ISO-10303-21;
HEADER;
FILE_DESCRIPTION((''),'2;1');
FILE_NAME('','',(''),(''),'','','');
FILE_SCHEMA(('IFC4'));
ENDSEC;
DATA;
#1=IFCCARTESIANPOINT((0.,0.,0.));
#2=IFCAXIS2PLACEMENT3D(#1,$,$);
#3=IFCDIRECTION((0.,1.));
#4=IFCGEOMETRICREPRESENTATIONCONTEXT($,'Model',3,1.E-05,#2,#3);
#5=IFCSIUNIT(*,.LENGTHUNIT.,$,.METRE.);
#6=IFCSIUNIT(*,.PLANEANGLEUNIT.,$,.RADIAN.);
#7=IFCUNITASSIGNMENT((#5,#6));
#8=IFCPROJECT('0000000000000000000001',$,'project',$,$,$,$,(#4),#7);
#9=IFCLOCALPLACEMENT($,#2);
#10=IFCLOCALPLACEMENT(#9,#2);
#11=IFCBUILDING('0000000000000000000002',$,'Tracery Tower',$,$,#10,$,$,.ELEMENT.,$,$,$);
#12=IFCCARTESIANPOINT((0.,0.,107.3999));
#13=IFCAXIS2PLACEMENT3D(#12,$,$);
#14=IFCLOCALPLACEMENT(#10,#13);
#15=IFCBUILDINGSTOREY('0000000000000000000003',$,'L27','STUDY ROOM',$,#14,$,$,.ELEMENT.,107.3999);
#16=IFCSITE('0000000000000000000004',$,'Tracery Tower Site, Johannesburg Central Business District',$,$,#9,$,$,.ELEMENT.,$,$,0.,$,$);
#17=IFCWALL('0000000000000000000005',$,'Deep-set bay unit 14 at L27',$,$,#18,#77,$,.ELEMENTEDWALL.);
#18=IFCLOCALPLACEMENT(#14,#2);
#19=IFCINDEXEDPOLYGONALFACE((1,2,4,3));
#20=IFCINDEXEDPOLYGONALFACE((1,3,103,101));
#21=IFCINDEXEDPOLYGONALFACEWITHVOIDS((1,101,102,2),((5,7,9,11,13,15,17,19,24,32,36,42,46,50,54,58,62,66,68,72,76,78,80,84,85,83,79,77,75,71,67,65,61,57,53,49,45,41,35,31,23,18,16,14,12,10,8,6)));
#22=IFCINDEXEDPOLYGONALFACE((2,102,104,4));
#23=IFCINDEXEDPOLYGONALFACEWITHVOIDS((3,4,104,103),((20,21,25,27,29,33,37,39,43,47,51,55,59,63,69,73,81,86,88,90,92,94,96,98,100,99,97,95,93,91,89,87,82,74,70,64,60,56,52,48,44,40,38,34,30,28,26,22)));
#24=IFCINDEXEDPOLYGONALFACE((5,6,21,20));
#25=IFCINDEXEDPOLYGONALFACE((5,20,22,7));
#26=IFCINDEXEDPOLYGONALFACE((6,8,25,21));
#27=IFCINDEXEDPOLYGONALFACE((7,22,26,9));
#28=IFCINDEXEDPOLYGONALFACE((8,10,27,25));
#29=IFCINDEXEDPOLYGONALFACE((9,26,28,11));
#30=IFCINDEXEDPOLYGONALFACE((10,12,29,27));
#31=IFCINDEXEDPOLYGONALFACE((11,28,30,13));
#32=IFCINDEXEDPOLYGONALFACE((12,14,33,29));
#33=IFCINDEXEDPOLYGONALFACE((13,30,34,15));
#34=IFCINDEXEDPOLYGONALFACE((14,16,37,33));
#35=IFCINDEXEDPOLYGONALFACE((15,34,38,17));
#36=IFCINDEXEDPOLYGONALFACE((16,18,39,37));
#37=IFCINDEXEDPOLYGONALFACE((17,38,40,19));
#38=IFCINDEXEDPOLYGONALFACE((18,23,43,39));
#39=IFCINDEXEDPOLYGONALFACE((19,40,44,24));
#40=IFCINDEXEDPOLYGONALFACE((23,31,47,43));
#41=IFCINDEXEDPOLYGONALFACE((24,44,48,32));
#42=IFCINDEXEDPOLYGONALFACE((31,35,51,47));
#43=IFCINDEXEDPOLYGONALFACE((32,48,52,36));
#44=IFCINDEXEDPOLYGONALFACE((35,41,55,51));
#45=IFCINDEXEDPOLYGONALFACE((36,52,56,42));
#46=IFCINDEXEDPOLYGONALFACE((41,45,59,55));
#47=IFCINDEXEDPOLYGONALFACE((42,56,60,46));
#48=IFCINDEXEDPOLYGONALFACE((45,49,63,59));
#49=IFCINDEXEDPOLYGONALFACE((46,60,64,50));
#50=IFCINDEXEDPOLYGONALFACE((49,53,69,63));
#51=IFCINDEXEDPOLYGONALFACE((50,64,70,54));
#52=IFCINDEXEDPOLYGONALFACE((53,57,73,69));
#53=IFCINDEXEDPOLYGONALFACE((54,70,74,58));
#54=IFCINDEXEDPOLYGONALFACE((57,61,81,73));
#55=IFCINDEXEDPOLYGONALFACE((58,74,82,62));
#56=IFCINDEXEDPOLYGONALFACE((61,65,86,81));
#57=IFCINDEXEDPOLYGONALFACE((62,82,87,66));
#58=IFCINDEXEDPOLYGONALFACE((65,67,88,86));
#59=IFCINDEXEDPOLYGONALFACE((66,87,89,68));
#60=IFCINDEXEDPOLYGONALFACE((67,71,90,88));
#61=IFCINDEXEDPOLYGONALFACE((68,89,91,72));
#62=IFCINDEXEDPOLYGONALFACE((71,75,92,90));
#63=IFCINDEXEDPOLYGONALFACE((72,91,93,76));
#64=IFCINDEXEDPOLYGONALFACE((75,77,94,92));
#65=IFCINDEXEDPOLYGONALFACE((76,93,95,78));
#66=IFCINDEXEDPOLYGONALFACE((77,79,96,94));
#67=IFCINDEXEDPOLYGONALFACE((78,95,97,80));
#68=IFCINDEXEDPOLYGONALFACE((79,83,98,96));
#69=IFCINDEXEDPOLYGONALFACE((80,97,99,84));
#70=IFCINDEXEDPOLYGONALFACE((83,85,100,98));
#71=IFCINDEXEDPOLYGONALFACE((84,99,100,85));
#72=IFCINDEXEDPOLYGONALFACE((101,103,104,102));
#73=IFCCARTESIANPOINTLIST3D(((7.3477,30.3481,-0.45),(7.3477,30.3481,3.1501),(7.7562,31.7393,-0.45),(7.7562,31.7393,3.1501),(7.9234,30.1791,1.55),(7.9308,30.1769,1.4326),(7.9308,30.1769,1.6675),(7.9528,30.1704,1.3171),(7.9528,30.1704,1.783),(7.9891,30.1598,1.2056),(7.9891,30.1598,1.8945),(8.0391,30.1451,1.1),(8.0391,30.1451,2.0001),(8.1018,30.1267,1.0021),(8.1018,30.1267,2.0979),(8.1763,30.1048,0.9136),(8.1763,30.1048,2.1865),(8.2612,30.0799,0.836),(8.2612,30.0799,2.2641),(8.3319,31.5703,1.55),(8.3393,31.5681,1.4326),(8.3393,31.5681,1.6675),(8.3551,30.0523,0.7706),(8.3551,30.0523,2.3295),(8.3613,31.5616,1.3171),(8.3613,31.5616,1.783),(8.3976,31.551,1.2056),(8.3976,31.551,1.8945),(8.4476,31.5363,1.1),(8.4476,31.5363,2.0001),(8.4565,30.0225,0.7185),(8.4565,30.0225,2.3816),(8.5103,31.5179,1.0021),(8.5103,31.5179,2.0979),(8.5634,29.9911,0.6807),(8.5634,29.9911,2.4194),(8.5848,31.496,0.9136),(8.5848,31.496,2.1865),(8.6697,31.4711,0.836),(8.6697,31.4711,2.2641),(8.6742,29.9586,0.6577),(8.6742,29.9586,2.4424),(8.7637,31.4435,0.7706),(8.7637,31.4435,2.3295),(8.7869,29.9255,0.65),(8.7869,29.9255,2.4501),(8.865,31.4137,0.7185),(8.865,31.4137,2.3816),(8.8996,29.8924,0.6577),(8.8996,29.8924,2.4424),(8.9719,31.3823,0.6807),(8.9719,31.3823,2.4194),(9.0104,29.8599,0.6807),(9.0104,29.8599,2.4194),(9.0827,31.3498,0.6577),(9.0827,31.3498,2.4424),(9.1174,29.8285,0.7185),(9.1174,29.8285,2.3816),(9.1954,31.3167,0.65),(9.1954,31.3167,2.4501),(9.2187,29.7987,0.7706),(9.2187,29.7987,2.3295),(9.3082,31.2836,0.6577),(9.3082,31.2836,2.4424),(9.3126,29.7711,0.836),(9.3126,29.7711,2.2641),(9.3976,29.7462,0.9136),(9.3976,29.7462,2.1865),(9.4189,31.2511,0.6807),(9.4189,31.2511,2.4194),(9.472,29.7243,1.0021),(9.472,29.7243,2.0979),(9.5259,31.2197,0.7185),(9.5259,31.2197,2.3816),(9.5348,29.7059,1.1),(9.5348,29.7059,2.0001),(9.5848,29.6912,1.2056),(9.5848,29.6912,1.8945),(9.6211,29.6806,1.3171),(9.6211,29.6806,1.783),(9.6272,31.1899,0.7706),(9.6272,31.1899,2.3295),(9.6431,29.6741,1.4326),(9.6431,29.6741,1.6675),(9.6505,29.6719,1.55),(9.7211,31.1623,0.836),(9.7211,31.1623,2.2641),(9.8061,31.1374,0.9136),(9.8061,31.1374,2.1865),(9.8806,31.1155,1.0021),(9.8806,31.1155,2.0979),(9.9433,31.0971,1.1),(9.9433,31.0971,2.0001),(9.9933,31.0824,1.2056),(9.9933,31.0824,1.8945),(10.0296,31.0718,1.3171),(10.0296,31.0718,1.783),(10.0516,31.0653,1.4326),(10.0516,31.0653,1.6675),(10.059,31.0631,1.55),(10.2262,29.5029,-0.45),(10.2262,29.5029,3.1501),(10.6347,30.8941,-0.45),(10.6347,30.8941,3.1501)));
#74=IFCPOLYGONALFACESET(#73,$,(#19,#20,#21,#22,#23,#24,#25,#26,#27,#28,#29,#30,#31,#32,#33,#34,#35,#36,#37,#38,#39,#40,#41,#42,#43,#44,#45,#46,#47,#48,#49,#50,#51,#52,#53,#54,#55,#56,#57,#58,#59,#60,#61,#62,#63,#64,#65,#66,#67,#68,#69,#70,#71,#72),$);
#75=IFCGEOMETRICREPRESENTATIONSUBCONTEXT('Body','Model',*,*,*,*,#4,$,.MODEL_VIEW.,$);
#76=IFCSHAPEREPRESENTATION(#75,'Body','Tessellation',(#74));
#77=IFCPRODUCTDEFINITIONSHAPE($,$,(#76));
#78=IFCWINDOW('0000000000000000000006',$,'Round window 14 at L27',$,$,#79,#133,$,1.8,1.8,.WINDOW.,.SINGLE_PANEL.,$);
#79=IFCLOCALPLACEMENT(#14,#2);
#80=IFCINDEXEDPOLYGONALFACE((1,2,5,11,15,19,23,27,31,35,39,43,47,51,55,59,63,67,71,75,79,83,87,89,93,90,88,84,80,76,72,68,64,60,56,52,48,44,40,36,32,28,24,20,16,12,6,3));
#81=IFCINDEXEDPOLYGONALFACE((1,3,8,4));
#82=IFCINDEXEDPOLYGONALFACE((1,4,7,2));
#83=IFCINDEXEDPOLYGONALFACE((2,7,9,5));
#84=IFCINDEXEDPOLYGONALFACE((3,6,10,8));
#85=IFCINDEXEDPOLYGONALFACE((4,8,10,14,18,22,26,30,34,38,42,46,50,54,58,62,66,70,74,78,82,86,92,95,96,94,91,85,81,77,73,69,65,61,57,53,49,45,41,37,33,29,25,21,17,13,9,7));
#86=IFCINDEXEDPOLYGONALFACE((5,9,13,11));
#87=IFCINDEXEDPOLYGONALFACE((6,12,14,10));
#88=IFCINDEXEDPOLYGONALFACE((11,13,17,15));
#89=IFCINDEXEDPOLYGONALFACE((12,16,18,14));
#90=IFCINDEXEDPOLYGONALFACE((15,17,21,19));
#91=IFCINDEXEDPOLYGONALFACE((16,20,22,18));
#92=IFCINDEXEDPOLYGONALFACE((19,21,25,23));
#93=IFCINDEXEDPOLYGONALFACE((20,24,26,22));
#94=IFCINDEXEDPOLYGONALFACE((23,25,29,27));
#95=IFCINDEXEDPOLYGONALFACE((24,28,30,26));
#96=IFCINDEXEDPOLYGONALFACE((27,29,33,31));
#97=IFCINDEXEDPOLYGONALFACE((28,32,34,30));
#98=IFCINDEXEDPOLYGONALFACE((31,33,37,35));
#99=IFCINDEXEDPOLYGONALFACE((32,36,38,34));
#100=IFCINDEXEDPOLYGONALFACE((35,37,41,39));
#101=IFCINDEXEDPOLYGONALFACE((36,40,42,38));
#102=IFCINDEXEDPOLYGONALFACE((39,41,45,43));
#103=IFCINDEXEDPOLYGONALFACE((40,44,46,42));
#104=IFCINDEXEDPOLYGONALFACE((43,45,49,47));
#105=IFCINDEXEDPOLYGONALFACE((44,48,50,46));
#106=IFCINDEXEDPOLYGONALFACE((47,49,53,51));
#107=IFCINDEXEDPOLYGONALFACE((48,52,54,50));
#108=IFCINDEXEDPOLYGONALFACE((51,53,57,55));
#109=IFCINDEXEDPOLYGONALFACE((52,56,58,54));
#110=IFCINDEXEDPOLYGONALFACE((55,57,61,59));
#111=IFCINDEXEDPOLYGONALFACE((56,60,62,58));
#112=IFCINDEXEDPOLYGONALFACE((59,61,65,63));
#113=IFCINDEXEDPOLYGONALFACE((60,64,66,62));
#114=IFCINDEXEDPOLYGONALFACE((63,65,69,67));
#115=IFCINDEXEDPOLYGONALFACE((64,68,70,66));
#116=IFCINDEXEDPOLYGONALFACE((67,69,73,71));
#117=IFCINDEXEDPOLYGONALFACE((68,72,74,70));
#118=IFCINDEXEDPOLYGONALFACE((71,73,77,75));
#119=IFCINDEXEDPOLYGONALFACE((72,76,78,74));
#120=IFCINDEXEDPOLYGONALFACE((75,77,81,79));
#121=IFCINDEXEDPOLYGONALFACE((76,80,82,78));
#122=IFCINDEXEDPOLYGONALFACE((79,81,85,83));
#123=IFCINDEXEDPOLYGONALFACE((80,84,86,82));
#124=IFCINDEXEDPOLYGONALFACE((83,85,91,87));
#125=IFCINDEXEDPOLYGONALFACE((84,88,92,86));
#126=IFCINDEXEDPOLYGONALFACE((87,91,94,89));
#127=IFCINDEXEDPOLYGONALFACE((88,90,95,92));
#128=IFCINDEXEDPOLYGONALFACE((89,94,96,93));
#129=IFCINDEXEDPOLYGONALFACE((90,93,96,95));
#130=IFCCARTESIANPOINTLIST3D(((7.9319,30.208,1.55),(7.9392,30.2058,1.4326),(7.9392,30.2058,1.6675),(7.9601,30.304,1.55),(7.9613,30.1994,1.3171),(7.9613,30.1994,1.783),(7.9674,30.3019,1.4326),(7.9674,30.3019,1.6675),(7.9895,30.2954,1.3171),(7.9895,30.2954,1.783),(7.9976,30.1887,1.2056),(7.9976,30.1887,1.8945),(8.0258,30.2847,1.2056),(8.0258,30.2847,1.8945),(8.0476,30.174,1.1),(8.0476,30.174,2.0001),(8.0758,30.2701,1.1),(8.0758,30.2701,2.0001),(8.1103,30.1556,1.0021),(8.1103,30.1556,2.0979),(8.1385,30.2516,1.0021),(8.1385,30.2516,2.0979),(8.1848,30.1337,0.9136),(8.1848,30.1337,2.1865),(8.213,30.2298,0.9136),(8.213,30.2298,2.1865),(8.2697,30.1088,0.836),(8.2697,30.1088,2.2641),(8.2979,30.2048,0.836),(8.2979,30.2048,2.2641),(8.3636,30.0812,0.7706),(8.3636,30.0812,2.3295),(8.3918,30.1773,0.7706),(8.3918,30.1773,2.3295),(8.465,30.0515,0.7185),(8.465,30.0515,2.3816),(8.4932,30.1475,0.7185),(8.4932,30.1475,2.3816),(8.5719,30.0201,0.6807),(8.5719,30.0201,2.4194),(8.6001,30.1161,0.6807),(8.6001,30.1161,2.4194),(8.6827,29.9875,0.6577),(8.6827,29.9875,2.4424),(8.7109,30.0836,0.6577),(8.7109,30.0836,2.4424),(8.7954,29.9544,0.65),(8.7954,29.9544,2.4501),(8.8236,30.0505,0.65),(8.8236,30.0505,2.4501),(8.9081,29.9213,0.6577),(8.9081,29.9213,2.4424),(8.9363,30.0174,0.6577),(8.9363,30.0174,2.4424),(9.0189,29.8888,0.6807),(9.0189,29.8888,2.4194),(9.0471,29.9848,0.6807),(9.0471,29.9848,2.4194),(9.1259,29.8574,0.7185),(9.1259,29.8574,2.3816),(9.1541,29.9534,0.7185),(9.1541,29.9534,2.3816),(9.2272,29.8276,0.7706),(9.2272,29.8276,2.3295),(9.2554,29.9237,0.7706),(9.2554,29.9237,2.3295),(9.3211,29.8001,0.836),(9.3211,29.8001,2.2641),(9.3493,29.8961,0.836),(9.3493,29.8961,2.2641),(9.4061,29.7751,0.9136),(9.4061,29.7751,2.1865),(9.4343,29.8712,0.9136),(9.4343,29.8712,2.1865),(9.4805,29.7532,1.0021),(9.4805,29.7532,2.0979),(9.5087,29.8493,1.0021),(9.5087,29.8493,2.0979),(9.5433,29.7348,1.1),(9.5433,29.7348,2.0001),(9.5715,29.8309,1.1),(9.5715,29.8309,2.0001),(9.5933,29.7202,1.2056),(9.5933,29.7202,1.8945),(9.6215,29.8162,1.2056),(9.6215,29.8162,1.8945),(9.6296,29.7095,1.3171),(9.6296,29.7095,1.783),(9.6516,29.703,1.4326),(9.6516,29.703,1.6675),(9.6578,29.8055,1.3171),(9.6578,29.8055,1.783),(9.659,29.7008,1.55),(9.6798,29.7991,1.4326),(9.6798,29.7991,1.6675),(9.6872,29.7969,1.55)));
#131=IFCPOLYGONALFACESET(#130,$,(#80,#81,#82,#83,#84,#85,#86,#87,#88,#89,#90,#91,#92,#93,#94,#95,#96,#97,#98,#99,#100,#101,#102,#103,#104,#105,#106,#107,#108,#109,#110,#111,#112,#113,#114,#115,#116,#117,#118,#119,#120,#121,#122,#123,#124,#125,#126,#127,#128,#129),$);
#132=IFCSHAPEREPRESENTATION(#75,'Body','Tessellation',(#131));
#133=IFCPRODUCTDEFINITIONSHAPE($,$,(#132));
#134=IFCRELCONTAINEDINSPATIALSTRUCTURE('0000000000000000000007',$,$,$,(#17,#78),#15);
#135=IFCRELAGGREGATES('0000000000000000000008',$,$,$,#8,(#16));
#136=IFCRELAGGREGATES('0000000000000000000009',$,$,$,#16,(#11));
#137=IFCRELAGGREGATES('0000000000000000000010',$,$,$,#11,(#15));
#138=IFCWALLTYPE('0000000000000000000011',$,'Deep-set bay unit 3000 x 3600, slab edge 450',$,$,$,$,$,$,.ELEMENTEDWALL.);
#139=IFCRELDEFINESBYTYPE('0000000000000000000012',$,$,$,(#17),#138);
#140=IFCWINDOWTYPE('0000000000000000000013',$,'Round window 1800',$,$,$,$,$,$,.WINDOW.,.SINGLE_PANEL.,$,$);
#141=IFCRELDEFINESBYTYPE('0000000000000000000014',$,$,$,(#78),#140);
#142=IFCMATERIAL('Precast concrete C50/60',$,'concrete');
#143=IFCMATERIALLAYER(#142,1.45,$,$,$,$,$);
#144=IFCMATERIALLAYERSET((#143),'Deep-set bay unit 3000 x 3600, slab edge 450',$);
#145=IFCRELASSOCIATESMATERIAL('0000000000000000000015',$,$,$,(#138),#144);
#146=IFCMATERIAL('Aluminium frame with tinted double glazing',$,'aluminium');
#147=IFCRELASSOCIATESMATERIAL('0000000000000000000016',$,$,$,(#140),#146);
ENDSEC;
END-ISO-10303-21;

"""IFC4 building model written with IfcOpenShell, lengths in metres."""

from ifc_helpers import new_model, si_unit, direction, frame, frame_2d, origin, origin_2d, place, context, subcontext, project, spatial, rectangle, circle, extrude, material, layer, layer_set, type_object, element, fill, save


model = new_model("IFC4")

# Units and contexts
model_context = context("Model", 3, precision=1e-05, world=origin(), true_north=direction((0.0, 1.0)))
body_context = subcontext(model_context, "Body", "Model", "MODEL_VIEW")
ifc_project = project(units=[si_unit("LENGTHUNIT", "METRE"), si_unit("PLANEANGLEUNIT", "RADIAN")], contexts=[model_context])

# Site, building, storey
site_placement = place(None, origin())
site = spatial("IfcSite", under=ifc_project, at=site_placement, Name="Tracery Tower Site, Johannesburg Central Business District", CompositionType="ELEMENT", RefElevation=0.0)
building_placement = place(site_placement, origin())
building = spatial("IfcBuilding", under=site, at=building_placement, Name="Tracery Tower", CompositionType="ELEMENT")
storey_placement = place(building_placement, frame((0.0, 0.0, 107.3999)))
storey = spatial("IfcBuildingStorey", under=building, at=storey_placement, Name="L27", Description="STUDY ROOM", CompositionType="ELEMENT", Elevation=107.3999)

# Wall, opening, window
ifc_material_1 = material(Name="Precast concrete C50/60", Category="concrete")
ifc_layer_1 = layer(ifc_material_1, 1.45)
ifc_layer_set_1 = layer_set([ifc_layer_1], Name="Deep-set bay unit 3000 x 3600, slab edge 450")
wall_type_1 = type_object("IfcWallType", Name="Deep-set bay unit 3000 x 3600, slab edge 450", PredefinedType="ELEMENTEDWALL", material=ifc_layer_set_1)
wall_1_placement = place(storey_placement, frame((10.4304, 30.1985, -0.45), z_axis=(0.0, 0.0, 1.0), x_axis=(-0.95949, 0.281743, 0.0)))
wall_1 = element("IfcWall", 1, at=wall_1_placement, inside=storey, type_object=wall_type_1, Name="Deep-set bay unit 14 at L27", PredefinedType="ELEMENTEDWALL", context=body_context, shape_type="SweptSolid", body=[
    extrude(rectangle(XDim=3.0, YDim=1.45, at=frame_2d((1.5, 0.0))), origin(), (0.0, 0.0, 1.0), 3.6001),
])
opening_1_placement = place(wall_1_placement, frame((1.5, 0.0, 2.0)))
opening_1 = element("IfcOpeningElement", 2, at=opening_1_placement, cuts=wall_1, PredefinedType="OPENING", context=body_context, shape_type="SweptSolid", body=[
    extrude(circle(Radius=0.9, at=origin_2d()), frame((0.0, 0.7349, 0.0), z_axis=(0.0, -1.0, 0.0), x_axis=(1.0, 0.0, 0.0)), (0.0, 0.0, 1.0), 1.47),
])
ifc_material_2 = material(Name="Aluminium frame with tinted double glazing", Category="aluminium")
window_type = type_object("IfcWindowType", Name="Round window 1800", PartitioningType="SINGLE_PANEL", PredefinedType="WINDOW", material=ifc_material_2)
window_1_placement = place(opening_1_placement, origin())
window_1 = element("IfcWindow", 3, at=window_1_placement, inside=storey, type_object=window_type, Name="Round window 14 at L27", OverallHeight=1.8, OverallWidth=1.8, PartitioningType="SINGLE_PANEL", PredefinedType="WINDOW", context=body_context, shape_type="SweptSolid", body=[
    extrude(circle(Radius=0.9, at=origin_2d()), frame((0.0, 0.6948, 0.0), z_axis=(0.0, -1.0, 0.0), x_axis=(1.0, 0.0, 0.0)), (0.0, 0.0, 1.0), 0.1001),
])
fill(opening_1, window_1)

save(model, "model.ifc")
